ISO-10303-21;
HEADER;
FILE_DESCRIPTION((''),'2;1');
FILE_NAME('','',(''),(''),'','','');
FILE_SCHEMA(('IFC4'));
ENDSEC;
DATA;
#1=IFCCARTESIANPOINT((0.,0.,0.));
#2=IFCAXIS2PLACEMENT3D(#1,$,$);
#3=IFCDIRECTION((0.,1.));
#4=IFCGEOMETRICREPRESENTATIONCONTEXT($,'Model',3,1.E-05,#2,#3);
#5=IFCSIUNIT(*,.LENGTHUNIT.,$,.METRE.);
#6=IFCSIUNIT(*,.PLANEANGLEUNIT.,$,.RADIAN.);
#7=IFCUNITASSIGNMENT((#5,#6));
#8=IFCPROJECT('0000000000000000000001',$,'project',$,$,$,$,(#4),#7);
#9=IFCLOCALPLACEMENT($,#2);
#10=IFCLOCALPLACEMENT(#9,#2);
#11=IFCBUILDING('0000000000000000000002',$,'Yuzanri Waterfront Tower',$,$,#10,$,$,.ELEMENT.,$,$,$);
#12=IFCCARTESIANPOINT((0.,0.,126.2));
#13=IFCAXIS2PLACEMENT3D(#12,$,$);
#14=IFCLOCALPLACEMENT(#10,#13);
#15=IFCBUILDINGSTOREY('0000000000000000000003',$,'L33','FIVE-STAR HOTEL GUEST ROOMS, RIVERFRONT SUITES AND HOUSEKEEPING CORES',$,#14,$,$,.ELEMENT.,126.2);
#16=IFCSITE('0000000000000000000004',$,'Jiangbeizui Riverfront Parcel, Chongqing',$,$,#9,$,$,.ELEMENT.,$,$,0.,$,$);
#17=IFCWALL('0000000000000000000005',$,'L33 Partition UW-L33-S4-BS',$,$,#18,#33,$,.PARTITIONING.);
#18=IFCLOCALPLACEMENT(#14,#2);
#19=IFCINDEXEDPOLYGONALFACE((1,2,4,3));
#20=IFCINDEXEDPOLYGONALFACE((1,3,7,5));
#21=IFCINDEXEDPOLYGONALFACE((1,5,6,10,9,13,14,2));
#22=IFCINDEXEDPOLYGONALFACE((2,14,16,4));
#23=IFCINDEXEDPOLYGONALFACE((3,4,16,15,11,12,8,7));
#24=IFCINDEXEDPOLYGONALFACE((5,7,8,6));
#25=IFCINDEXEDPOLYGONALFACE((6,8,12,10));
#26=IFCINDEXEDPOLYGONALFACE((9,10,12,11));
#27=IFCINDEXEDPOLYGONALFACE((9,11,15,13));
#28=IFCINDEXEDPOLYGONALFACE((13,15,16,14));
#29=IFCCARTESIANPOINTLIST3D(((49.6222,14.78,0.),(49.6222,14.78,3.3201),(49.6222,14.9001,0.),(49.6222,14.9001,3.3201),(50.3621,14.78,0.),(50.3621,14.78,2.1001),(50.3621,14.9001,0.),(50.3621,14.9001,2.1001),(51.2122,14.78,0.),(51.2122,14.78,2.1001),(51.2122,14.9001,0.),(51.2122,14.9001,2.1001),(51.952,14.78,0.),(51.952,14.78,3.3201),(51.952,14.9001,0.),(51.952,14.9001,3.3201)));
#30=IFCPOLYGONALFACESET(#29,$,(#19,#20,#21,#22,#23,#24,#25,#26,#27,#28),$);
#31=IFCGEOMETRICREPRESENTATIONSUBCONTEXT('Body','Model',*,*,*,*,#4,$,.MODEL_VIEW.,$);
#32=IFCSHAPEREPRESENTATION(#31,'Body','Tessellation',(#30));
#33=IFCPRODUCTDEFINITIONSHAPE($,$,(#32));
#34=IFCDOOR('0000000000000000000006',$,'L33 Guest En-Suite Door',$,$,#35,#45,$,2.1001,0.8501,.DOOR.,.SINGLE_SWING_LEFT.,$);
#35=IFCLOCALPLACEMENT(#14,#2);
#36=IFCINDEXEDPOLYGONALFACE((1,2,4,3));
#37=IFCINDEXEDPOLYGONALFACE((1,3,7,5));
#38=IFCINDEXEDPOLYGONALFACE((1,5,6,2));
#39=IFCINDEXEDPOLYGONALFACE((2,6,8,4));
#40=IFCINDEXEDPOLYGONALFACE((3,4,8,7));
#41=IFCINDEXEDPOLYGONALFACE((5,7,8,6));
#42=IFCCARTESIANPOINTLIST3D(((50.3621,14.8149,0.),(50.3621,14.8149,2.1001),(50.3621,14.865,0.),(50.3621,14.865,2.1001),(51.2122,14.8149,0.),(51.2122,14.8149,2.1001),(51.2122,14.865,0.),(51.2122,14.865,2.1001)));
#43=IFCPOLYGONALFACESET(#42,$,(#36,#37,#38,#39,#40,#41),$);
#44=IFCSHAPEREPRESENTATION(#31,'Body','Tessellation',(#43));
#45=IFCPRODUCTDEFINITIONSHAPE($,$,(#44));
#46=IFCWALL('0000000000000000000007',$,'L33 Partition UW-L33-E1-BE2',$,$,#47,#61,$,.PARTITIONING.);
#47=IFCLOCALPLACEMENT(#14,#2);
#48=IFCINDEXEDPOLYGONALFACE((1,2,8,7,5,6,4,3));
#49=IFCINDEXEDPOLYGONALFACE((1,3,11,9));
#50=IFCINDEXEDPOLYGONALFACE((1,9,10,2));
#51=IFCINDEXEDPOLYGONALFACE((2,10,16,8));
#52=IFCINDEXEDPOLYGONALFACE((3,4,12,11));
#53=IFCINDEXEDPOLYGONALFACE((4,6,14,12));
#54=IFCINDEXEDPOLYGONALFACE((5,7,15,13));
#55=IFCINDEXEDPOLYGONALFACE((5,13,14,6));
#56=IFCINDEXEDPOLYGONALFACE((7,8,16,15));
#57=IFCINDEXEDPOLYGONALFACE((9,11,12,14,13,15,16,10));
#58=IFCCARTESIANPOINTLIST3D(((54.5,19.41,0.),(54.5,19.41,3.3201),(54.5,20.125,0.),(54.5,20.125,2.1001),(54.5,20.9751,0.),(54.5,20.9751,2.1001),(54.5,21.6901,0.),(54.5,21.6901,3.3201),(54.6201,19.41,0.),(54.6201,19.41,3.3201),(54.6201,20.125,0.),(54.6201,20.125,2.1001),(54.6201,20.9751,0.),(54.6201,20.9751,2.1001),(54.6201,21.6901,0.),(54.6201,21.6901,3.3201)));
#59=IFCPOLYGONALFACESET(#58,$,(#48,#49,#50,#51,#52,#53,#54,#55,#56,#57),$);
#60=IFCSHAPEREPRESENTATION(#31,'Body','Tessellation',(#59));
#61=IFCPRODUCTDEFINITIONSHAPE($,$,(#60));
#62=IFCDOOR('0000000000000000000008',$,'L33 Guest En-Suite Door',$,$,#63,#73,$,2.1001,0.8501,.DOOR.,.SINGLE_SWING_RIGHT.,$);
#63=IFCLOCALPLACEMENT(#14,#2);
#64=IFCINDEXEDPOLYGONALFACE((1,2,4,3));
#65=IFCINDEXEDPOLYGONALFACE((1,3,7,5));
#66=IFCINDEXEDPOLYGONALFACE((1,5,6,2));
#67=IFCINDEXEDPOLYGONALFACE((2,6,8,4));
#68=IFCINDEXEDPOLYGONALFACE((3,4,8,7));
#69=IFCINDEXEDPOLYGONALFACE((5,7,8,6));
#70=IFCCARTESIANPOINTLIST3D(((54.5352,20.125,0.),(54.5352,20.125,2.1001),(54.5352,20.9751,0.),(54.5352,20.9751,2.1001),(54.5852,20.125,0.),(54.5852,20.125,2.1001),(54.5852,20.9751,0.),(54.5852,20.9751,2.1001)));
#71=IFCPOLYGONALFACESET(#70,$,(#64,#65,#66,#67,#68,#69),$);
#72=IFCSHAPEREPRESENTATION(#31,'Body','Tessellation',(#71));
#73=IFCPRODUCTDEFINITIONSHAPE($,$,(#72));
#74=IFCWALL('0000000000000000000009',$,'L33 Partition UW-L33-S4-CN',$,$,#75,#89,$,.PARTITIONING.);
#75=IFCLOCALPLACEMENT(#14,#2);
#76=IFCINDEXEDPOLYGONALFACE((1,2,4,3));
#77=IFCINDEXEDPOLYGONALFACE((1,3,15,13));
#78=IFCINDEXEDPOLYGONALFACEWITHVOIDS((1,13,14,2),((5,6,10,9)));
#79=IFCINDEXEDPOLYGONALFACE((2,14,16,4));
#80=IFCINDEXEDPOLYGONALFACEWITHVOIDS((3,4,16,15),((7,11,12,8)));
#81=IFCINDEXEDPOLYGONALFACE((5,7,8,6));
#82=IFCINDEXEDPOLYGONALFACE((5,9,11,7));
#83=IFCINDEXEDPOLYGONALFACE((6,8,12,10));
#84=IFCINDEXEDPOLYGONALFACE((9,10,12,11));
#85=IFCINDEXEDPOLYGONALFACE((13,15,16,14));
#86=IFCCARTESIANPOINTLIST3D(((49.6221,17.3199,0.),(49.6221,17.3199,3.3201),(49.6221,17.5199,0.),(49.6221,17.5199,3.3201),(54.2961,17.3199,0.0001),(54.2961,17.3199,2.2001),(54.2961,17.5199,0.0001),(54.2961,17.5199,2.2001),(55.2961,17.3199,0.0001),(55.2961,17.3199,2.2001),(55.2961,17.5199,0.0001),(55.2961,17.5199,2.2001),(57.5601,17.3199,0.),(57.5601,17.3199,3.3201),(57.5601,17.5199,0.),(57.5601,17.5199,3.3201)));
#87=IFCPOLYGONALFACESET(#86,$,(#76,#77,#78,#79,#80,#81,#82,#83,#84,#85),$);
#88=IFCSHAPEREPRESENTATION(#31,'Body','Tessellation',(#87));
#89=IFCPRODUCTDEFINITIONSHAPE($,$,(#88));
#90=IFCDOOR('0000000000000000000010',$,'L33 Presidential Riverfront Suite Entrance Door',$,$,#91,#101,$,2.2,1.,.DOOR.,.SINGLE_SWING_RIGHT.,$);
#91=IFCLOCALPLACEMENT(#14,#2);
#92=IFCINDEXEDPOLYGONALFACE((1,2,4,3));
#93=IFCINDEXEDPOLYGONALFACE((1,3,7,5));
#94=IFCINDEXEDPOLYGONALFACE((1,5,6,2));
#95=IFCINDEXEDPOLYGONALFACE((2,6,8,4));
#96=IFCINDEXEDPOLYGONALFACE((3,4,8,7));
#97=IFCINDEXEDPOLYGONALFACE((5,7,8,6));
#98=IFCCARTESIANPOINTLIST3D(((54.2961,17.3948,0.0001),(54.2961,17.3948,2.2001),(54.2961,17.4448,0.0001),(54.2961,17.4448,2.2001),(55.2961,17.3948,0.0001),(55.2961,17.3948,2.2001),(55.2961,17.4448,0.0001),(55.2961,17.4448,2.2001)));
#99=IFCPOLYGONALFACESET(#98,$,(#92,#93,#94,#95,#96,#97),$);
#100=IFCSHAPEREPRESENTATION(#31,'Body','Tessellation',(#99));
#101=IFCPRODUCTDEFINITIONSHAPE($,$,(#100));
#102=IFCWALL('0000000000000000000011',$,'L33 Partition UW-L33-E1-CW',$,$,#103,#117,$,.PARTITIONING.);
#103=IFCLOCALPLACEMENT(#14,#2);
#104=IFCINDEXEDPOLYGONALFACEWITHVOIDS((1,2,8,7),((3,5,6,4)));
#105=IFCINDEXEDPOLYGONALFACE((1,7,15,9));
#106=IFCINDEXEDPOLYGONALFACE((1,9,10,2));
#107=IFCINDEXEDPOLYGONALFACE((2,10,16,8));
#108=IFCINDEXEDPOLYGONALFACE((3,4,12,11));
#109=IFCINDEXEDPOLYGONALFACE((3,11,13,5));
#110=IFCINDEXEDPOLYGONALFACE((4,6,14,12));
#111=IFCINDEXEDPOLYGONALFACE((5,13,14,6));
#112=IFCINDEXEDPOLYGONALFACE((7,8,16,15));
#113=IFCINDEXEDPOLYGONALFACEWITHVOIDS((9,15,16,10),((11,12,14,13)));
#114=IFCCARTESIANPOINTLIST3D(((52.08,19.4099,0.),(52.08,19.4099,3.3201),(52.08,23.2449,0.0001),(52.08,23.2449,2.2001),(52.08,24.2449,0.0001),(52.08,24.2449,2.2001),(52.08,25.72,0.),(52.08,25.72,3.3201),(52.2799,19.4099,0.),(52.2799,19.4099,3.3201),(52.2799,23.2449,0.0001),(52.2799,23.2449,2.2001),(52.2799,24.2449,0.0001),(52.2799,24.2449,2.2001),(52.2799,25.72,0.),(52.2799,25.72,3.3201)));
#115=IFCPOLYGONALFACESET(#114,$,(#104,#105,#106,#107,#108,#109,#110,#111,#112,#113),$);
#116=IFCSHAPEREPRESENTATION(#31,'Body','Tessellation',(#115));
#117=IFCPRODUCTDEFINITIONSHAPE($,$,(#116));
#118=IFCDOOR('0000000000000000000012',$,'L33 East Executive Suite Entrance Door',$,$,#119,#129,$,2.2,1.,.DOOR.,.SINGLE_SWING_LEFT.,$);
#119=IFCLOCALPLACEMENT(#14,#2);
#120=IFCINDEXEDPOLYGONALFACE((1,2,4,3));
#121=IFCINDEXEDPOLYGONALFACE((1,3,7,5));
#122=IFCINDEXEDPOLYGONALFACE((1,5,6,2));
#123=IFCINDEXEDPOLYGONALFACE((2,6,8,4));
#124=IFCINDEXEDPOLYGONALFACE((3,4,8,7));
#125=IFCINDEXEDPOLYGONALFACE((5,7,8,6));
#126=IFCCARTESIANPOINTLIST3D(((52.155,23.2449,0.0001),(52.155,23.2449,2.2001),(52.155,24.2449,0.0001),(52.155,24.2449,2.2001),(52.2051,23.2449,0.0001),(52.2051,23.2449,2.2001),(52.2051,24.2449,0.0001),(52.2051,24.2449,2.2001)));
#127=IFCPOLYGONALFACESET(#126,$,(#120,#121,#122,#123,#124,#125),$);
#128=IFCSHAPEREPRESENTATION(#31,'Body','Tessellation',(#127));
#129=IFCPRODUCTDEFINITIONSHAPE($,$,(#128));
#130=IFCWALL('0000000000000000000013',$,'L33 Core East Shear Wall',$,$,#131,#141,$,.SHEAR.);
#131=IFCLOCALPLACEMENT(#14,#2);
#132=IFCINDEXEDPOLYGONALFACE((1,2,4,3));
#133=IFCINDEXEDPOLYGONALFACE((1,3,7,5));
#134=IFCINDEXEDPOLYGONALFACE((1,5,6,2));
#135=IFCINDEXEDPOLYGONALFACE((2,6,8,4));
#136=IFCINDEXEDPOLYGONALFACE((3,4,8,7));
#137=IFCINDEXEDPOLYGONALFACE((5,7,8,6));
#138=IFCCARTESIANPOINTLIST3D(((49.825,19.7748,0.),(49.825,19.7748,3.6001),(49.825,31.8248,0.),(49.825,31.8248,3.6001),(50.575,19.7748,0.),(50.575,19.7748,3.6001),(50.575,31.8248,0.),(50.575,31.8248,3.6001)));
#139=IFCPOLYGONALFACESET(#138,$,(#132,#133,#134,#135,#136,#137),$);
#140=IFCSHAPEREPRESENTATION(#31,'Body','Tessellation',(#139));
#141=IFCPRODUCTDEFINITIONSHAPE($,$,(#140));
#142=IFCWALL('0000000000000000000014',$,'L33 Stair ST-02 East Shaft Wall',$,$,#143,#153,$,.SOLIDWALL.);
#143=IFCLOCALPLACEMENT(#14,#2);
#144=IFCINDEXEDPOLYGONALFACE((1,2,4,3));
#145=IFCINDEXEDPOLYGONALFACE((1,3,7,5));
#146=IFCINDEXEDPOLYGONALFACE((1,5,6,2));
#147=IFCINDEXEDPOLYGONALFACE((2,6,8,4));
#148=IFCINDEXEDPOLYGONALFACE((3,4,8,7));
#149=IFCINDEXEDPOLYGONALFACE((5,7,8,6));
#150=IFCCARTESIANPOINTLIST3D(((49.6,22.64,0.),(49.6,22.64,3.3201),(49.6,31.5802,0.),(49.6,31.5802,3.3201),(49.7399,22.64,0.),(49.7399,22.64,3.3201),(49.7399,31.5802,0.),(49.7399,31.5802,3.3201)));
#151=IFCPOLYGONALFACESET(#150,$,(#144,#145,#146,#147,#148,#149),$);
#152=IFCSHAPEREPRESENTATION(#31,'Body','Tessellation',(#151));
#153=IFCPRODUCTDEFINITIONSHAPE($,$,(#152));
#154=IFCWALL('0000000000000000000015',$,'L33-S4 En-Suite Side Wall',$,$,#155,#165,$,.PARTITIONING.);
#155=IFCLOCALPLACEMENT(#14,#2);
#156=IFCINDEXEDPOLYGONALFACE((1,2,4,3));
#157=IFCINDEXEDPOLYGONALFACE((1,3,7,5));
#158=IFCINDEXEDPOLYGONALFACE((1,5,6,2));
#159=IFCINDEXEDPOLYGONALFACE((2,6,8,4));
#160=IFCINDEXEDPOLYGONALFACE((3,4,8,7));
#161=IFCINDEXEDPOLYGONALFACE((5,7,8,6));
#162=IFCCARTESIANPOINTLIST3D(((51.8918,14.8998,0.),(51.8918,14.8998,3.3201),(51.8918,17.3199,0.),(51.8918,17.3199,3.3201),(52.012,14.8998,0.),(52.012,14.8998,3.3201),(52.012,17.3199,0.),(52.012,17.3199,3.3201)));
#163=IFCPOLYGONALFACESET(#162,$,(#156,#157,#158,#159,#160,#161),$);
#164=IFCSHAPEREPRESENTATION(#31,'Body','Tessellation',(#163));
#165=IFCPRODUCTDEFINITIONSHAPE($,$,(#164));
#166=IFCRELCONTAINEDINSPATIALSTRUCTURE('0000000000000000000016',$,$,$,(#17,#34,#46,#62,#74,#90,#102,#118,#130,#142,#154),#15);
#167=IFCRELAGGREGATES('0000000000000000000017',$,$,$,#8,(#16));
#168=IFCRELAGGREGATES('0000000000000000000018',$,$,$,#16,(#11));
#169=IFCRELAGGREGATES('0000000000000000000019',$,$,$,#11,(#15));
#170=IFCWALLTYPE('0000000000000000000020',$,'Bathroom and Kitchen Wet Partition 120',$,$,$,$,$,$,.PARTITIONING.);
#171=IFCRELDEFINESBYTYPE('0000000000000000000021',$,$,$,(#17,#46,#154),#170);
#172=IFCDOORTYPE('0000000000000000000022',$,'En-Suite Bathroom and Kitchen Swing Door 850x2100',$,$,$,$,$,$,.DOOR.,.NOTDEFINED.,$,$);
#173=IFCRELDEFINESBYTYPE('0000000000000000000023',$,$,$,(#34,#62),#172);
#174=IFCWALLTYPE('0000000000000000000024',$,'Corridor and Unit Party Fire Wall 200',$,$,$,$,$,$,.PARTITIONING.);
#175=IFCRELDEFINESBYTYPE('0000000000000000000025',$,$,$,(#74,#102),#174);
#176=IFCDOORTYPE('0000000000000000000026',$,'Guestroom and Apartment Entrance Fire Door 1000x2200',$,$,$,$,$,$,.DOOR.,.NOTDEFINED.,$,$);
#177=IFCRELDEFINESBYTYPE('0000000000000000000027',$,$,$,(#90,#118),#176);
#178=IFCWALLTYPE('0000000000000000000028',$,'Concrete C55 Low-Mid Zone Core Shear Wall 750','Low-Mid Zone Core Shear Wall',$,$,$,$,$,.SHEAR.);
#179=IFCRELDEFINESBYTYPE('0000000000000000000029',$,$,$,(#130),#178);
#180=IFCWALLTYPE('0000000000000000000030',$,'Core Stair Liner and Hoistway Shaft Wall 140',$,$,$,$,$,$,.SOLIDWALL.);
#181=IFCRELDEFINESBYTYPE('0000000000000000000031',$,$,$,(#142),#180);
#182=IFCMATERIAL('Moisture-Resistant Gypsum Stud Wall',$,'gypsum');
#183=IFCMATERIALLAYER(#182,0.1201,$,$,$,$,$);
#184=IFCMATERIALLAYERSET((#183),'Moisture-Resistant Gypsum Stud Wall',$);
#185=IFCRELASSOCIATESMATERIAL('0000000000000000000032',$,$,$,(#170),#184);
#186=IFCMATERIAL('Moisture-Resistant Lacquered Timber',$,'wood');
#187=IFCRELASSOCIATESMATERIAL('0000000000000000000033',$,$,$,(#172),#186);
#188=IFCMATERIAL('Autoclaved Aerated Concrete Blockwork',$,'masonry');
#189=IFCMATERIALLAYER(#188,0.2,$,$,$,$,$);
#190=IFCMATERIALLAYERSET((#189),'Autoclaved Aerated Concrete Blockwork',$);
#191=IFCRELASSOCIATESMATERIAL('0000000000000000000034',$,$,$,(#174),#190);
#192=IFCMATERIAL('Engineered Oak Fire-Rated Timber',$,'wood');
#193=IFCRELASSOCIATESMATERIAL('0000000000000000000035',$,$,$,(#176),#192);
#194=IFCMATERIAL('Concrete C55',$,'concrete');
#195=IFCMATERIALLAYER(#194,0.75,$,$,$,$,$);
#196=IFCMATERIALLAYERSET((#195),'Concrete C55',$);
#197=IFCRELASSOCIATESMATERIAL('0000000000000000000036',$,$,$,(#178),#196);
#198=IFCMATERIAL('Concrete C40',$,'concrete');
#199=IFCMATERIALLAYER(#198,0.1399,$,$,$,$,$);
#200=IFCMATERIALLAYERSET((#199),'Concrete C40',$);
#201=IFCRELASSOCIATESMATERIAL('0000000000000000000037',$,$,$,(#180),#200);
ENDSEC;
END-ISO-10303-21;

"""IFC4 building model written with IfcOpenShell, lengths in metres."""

from ifc_helpers import new_model, si_unit, direction, frame, frame_2d, origin, place, context, subcontext, project, spatial, rectangle, extrude, source, transform, mapped, material, layer, layer_set, type_object, element, fill, save


model = new_model("IFC4")

# Units and contexts
model_context = context("Model", 3, precision=1e-05, world=origin(), true_north=direction((0.0, 1.0)))
body_context = subcontext(model_context, "Body", "Model", "MODEL_VIEW")
ifc_project = project(units=[si_unit("LENGTHUNIT", "METRE"), si_unit("PLANEANGLEUNIT", "RADIAN")], contexts=[model_context])

# Site, building, storey
site_placement = place(None, origin())
site = spatial("IfcSite", under=ifc_project, at=site_placement, Name="Jiangbeizui Riverfront Parcel, Chongqing", CompositionType="ELEMENT", RefElevation=0.0)
building_placement = place(site_placement, origin())
building = spatial("IfcBuilding", under=site, at=building_placement, Name="Yuzanri Waterfront Tower", CompositionType="ELEMENT")
storey_placement = place(building_placement, frame((0.0, 0.0, 126.2)))
storey = spatial("IfcBuildingStorey", under=building, at=storey_placement, Name="L33", Description="FIVE-STAR HOTEL GUEST ROOMS, RIVERFRONT SUITES AND HOUSEKEEPING CORES", CompositionType="ELEMENT", Elevation=126.2)

# Walls, openings, doors
ifc_material_1 = material(Name="Moisture-Resistant Gypsum Stud Wall", Category="gypsum")
ifc_layer_1 = layer(ifc_material_1, 0.1201)
ifc_layer_set_1 = layer_set([ifc_layer_1], Name="Moisture-Resistant Gypsum Stud Wall")
wall_type_1 = type_object("IfcWallType", Name="Bathroom and Kitchen Wet Partition 120", PredefinedType="PARTITIONING", material=ifc_layer_set_1)
wall_1_placement = place(storey_placement, frame((49.6221, 14.8401, 0.0), z_axis=(0.0, 0.0, 1.0), x_axis=(1.0, 0.0, 0.0)))
wall_1 = element("IfcWall", 1, at=wall_1_placement, inside=storey, type_object=wall_type_1, Name="L33 Partition UW-L33-S4-BS", PredefinedType="PARTITIONING", context=body_context, shape_type="SweptSolid", body=[
    extrude(rectangle(XDim=2.3298, YDim=0.1201, at=frame_2d((1.165, 0.0))), origin(), (0.0, 0.0, 1.0), 3.3201),
])
opening_1_placement = place(wall_1_placement, frame((0.74, 0.0, 0.0)))
opening_1 = element("IfcOpeningElement", 2, at=opening_1_placement, cuts=wall_1, PredefinedType="OPENING", context=body_context, shape_type="SweptSolid", body=[
    extrude(rectangle(XDim=0.8501, YDim=2.1001, at=frame_2d((0.425, 1.05))), frame((0.0, 0.075, 0.0), z_axis=(0.0, -1.0, 0.0), x_axis=(1.0, 0.0, 0.0)), (0.0, 0.0, 1.0), 0.1499),
])
ifc_material_2 = material(Name="Moisture-Resistant Lacquered Timber", Category="wood")
door_type_1 = type_object("IfcDoorType", Name="En-Suite Bathroom and Kitchen Swing Door 850x2100", OperationType="NOTDEFINED", PredefinedType="DOOR", material=ifc_material_2)
shared_shape_1 = source(origin(), body_context, "Body", "SweptSolid", [
    extrude(rectangle(XDim=0.8501, YDim=2.1001, at=frame_2d((0.425, 1.05))), frame((0.0, 0.0249, 0.0), z_axis=(0.0, -1.0, 0.0), x_axis=(1.0, 0.0, 0.0)), (0.0, 0.0, 1.0), 0.05),
])
door_1_placement = place(opening_1_placement, origin())
door_1 = element("IfcDoor", 3, at=door_1_placement, inside=storey, type_object=door_type_1, Name="L33 Guest En-Suite Door", OperationType="SINGLE_SWING_LEFT", OverallHeight=2.1001, OverallWidth=0.8501, PredefinedType="DOOR", context=body_context, shape_type="MappedRepresentation", body=[
    mapped(shared_shape_1, transform((0.0, 0.0, 0.0), scale=1.0)),
])
fill(opening_1, door_1)
wall_2_placement = place(storey_placement, frame((54.5601, 19.4099, 0.0), z_axis=(0.0, 0.0, 1.0), x_axis=(0.0, 1.0, 0.0)))
wall_2 = element("IfcWall", 4, at=wall_2_placement, inside=storey, type_object=wall_type_1, Name="L33 Partition UW-L33-E1-BE2", PredefinedType="PARTITIONING", context=body_context, shape_type="SweptSolid", body=[
    extrude(rectangle(XDim=2.28, YDim=0.1201, at=frame_2d((1.1401, 0.0))), origin(), (0.0, 0.0, 1.0), 3.3201),
])
opening_2_placement = place(wall_2_placement, frame((0.7151, 0.0, 0.0)))
opening_2 = element("IfcOpeningElement", 5, at=opening_2_placement, cuts=wall_2, PredefinedType="OPENING", context=body_context, shape_type="SweptSolid", body=[
    extrude(rectangle(XDim=0.8501, YDim=2.1001, at=frame_2d((0.425, 1.05))), frame((0.0, 0.075, 0.0), z_axis=(0.0, -1.0, 0.0), x_axis=(1.0, 0.0, 0.0)), (0.0, 0.0, 1.0), 0.1499),
])
door_2_placement = place(opening_2_placement, origin())
door_2 = element("IfcDoor", 6, at=door_2_placement, inside=storey, type_object=door_type_1, Name="L33 Guest En-Suite Door", OperationType="SINGLE_SWING_RIGHT", OverallHeight=2.1001, OverallWidth=0.8501, PredefinedType="DOOR", context=body_context, shape_type="MappedRepresentation", body=[
    mapped(shared_shape_1, transform((0.0, 0.0, 0.0), scale=1.0)),
])
fill(opening_2, door_2)
ifc_material_3 = material(Name="Autoclaved Aerated Concrete Blockwork", Category="masonry")
ifc_layer_2 = layer(ifc_material_3, 0.2)
ifc_layer_set_2 = layer_set([ifc_layer_2], Name="Autoclaved Aerated Concrete Blockwork")
wall_type_2 = type_object("IfcWallType", Name="Corridor and Unit Party Fire Wall 200", PredefinedType="PARTITIONING", material=ifc_layer_set_2)
wall_3_placement = place(storey_placement, frame((49.6221, 17.4199, 0.0), z_axis=(0.0, 0.0, 1.0), x_axis=(1.0, 0.0, 0.0)))
wall_3 = element("IfcWall", 7, at=wall_3_placement, inside=storey, type_object=wall_type_2, Name="L33 Partition UW-L33-S4-CN", PredefinedType="PARTITIONING", context=body_context, shape_type="SweptSolid", body=[
    extrude(rectangle(XDim=7.938, YDim=0.2, at=frame_2d((3.969, 0.0))), origin(), (0.0, 0.0, 1.0), 3.3201),
])
opening_3_placement = place(wall_3_placement, frame((4.6741, 0.0, 0.0)))
opening_3 = element("IfcOpeningElement", 8, at=opening_3_placement, cuts=wall_3, PredefinedType="OPENING", context=body_context, shape_type="SweptSolid", body=[
    extrude(rectangle(XDim=1.0, YDim=2.2, at=frame_2d((0.5, 1.1001))), frame((0.0, 0.1147, 0.0), z_axis=(0.0, -1.0, 0.0), x_axis=(1.0, 0.0, 0.0)), (0.0, 0.0, 1.0), 0.2297),
])
ifc_material_4 = material(Name="Engineered Oak Fire-Rated Timber", Category="wood")
door_type_2 = type_object("IfcDoorType", Name="Guestroom and Apartment Entrance Fire Door 1000x2200", OperationType="NOTDEFINED", PredefinedType="DOOR", material=ifc_material_4)
shared_shape_2 = source(origin(), body_context, "Body", "SweptSolid", [
    extrude(rectangle(XDim=1.0, YDim=2.2, at=frame_2d((0.5, 1.1001))), frame((0.0, 0.0249, 0.0), z_axis=(0.0, -1.0, 0.0), x_axis=(1.0, 0.0, 0.0)), (0.0, 0.0, 1.0), 0.05),
])
door_3_placement = place(opening_3_placement, origin())
door_3 = element("IfcDoor", 9, at=door_3_placement, inside=storey, type_object=door_type_2, Name="L33 Presidential Riverfront Suite Entrance Door", OperationType="SINGLE_SWING_RIGHT", OverallHeight=2.2, OverallWidth=1.0, PredefinedType="DOOR", context=body_context, shape_type="MappedRepresentation", body=[
    mapped(shared_shape_2, transform((0.0, 0.0, 0.0), scale=1.0)),
])
fill(opening_3, door_3)
wall_4_placement = place(storey_placement, frame((52.1799, 19.4099, 0.0), z_axis=(0.0, 0.0, 1.0), x_axis=(0.0, 1.0, 0.0)))
wall_4 = element("IfcWall", 10, at=wall_4_placement, inside=storey, type_object=wall_type_2, Name="L33 Partition UW-L33-E1-CW", PredefinedType="PARTITIONING", context=body_context, shape_type="SweptSolid", body=[
    extrude(rectangle(XDim=6.3101, YDim=0.2, at=frame_2d((3.155, 0.0))), origin(), (0.0, 0.0, 1.0), 3.3201),
])
opening_4_placement = place(wall_4_placement, frame((3.835, 0.0, 0.0)))
opening_4 = element("IfcOpeningElement", 11, at=opening_4_placement, cuts=wall_4, PredefinedType="OPENING", context=body_context, shape_type="SweptSolid", body=[
    extrude(rectangle(XDim=1.0, YDim=2.2, at=frame_2d((0.5, 1.1001))), frame((0.0, 0.1147, 0.0), z_axis=(0.0, -1.0, 0.0), x_axis=(1.0, 0.0, 0.0)), (0.0, 0.0, 1.0), 0.2297),
])
door_4_placement = place(opening_4_placement, origin())
door_4 = element("IfcDoor", 12, at=door_4_placement, inside=storey, type_object=door_type_2, Name="L33 East Executive Suite Entrance Door", OperationType="SINGLE_SWING_LEFT", OverallHeight=2.2, OverallWidth=1.0, PredefinedType="DOOR", context=body_context, shape_type="MappedRepresentation", body=[
    mapped(shared_shape_2, transform((0.0, 0.0, 0.0), scale=1.0)),
])
fill(opening_4, door_4)

# Walls
ifc_material_5 = material(Name="Concrete C55", Category="concrete")
ifc_layer_3 = layer(ifc_material_5, 0.75)
ifc_layer_set_3 = layer_set([ifc_layer_3], Name="Concrete C55")
wall_type_3 = type_object("IfcWallType", Name="Concrete C55 Low-Mid Zone Core Shear Wall 750", Description="Low-Mid Zone Core Shear Wall", PredefinedType="SHEAR", material=ifc_layer_set_3)
shared_shape_3 = source(origin(), body_context, "Body", "SweptSolid", [
    extrude(rectangle(XDim=12.05, YDim=0.75, at=frame_2d((6.0249, 0.0))), origin(), (0.0, 0.0, 1.0), 3.6001),
])
wall_5_placement = place(storey_placement, frame((50.2, 19.7749, 0.0), z_axis=(0.0, 0.0, 1.0), x_axis=(0.0, 1.0, 0.0)))
element("IfcWall", 13, at=wall_5_placement, inside=storey, type_object=wall_type_3, Name="L33 Core East Shear Wall", PredefinedType="SHEAR", context=body_context, shape_type="MappedRepresentation", body=[
    mapped(shared_shape_3, transform((0.0, 0.0, 0.0), scale=1.0)),
])
ifc_material_6 = material(Name="Concrete C40", Category="concrete")
ifc_layer_4 = layer(ifc_material_6, 0.1399)
ifc_layer_set_4 = layer_set([ifc_layer_4], Name="Concrete C40")
wall_type_4 = type_object("IfcWallType", Name="Core Stair Liner and Hoistway Shaft Wall 140", PredefinedType="SOLIDWALL", material=ifc_layer_set_4)
shared_shape_4 = source(origin(), body_context, "Body", "SweptSolid", [
    extrude(rectangle(XDim=8.9402, YDim=0.1399, at=frame_2d((4.4702, 0.0))), origin(), (0.0, 0.0, 1.0), 3.3201),
])
wall_6_placement = place(storey_placement, frame((49.6699, 22.6399, 0.0), z_axis=(0.0, 0.0, 1.0), x_axis=(0.0, 1.0, 0.0)))
element("IfcWall", 14, at=wall_6_placement, inside=storey, type_object=wall_type_4, Name="L33 Stair ST-02 East Shaft Wall", PredefinedType="SOLIDWALL", context=body_context, shape_type="MappedRepresentation", body=[
    mapped(shared_shape_4, transform((0.0, 0.0, 0.0), scale=1.0)),
])
shared_shape_5 = source(origin(), body_context, "Body", "SweptSolid", [
    extrude(rectangle(XDim=2.4202, YDim=0.1201, at=frame_2d((1.21, 0.0))), origin(), (0.0, 0.0, 1.0), 3.3201),
])
wall_7_placement = place(storey_placement, frame((51.9519, 14.8999, 0.0), z_axis=(0.0, 0.0, 1.0), x_axis=(0.0, 1.0, 0.0)))
element("IfcWall", 15, at=wall_7_placement, inside=storey, type_object=wall_type_1, Name="L33-S4 En-Suite Side Wall", PredefinedType="PARTITIONING", context=body_context, shape_type="MappedRepresentation", body=[
    mapped(shared_shape_5, transform((0.0, 0.0, 0.0), scale=1.0)),
])

save(model, "model.ifc")
